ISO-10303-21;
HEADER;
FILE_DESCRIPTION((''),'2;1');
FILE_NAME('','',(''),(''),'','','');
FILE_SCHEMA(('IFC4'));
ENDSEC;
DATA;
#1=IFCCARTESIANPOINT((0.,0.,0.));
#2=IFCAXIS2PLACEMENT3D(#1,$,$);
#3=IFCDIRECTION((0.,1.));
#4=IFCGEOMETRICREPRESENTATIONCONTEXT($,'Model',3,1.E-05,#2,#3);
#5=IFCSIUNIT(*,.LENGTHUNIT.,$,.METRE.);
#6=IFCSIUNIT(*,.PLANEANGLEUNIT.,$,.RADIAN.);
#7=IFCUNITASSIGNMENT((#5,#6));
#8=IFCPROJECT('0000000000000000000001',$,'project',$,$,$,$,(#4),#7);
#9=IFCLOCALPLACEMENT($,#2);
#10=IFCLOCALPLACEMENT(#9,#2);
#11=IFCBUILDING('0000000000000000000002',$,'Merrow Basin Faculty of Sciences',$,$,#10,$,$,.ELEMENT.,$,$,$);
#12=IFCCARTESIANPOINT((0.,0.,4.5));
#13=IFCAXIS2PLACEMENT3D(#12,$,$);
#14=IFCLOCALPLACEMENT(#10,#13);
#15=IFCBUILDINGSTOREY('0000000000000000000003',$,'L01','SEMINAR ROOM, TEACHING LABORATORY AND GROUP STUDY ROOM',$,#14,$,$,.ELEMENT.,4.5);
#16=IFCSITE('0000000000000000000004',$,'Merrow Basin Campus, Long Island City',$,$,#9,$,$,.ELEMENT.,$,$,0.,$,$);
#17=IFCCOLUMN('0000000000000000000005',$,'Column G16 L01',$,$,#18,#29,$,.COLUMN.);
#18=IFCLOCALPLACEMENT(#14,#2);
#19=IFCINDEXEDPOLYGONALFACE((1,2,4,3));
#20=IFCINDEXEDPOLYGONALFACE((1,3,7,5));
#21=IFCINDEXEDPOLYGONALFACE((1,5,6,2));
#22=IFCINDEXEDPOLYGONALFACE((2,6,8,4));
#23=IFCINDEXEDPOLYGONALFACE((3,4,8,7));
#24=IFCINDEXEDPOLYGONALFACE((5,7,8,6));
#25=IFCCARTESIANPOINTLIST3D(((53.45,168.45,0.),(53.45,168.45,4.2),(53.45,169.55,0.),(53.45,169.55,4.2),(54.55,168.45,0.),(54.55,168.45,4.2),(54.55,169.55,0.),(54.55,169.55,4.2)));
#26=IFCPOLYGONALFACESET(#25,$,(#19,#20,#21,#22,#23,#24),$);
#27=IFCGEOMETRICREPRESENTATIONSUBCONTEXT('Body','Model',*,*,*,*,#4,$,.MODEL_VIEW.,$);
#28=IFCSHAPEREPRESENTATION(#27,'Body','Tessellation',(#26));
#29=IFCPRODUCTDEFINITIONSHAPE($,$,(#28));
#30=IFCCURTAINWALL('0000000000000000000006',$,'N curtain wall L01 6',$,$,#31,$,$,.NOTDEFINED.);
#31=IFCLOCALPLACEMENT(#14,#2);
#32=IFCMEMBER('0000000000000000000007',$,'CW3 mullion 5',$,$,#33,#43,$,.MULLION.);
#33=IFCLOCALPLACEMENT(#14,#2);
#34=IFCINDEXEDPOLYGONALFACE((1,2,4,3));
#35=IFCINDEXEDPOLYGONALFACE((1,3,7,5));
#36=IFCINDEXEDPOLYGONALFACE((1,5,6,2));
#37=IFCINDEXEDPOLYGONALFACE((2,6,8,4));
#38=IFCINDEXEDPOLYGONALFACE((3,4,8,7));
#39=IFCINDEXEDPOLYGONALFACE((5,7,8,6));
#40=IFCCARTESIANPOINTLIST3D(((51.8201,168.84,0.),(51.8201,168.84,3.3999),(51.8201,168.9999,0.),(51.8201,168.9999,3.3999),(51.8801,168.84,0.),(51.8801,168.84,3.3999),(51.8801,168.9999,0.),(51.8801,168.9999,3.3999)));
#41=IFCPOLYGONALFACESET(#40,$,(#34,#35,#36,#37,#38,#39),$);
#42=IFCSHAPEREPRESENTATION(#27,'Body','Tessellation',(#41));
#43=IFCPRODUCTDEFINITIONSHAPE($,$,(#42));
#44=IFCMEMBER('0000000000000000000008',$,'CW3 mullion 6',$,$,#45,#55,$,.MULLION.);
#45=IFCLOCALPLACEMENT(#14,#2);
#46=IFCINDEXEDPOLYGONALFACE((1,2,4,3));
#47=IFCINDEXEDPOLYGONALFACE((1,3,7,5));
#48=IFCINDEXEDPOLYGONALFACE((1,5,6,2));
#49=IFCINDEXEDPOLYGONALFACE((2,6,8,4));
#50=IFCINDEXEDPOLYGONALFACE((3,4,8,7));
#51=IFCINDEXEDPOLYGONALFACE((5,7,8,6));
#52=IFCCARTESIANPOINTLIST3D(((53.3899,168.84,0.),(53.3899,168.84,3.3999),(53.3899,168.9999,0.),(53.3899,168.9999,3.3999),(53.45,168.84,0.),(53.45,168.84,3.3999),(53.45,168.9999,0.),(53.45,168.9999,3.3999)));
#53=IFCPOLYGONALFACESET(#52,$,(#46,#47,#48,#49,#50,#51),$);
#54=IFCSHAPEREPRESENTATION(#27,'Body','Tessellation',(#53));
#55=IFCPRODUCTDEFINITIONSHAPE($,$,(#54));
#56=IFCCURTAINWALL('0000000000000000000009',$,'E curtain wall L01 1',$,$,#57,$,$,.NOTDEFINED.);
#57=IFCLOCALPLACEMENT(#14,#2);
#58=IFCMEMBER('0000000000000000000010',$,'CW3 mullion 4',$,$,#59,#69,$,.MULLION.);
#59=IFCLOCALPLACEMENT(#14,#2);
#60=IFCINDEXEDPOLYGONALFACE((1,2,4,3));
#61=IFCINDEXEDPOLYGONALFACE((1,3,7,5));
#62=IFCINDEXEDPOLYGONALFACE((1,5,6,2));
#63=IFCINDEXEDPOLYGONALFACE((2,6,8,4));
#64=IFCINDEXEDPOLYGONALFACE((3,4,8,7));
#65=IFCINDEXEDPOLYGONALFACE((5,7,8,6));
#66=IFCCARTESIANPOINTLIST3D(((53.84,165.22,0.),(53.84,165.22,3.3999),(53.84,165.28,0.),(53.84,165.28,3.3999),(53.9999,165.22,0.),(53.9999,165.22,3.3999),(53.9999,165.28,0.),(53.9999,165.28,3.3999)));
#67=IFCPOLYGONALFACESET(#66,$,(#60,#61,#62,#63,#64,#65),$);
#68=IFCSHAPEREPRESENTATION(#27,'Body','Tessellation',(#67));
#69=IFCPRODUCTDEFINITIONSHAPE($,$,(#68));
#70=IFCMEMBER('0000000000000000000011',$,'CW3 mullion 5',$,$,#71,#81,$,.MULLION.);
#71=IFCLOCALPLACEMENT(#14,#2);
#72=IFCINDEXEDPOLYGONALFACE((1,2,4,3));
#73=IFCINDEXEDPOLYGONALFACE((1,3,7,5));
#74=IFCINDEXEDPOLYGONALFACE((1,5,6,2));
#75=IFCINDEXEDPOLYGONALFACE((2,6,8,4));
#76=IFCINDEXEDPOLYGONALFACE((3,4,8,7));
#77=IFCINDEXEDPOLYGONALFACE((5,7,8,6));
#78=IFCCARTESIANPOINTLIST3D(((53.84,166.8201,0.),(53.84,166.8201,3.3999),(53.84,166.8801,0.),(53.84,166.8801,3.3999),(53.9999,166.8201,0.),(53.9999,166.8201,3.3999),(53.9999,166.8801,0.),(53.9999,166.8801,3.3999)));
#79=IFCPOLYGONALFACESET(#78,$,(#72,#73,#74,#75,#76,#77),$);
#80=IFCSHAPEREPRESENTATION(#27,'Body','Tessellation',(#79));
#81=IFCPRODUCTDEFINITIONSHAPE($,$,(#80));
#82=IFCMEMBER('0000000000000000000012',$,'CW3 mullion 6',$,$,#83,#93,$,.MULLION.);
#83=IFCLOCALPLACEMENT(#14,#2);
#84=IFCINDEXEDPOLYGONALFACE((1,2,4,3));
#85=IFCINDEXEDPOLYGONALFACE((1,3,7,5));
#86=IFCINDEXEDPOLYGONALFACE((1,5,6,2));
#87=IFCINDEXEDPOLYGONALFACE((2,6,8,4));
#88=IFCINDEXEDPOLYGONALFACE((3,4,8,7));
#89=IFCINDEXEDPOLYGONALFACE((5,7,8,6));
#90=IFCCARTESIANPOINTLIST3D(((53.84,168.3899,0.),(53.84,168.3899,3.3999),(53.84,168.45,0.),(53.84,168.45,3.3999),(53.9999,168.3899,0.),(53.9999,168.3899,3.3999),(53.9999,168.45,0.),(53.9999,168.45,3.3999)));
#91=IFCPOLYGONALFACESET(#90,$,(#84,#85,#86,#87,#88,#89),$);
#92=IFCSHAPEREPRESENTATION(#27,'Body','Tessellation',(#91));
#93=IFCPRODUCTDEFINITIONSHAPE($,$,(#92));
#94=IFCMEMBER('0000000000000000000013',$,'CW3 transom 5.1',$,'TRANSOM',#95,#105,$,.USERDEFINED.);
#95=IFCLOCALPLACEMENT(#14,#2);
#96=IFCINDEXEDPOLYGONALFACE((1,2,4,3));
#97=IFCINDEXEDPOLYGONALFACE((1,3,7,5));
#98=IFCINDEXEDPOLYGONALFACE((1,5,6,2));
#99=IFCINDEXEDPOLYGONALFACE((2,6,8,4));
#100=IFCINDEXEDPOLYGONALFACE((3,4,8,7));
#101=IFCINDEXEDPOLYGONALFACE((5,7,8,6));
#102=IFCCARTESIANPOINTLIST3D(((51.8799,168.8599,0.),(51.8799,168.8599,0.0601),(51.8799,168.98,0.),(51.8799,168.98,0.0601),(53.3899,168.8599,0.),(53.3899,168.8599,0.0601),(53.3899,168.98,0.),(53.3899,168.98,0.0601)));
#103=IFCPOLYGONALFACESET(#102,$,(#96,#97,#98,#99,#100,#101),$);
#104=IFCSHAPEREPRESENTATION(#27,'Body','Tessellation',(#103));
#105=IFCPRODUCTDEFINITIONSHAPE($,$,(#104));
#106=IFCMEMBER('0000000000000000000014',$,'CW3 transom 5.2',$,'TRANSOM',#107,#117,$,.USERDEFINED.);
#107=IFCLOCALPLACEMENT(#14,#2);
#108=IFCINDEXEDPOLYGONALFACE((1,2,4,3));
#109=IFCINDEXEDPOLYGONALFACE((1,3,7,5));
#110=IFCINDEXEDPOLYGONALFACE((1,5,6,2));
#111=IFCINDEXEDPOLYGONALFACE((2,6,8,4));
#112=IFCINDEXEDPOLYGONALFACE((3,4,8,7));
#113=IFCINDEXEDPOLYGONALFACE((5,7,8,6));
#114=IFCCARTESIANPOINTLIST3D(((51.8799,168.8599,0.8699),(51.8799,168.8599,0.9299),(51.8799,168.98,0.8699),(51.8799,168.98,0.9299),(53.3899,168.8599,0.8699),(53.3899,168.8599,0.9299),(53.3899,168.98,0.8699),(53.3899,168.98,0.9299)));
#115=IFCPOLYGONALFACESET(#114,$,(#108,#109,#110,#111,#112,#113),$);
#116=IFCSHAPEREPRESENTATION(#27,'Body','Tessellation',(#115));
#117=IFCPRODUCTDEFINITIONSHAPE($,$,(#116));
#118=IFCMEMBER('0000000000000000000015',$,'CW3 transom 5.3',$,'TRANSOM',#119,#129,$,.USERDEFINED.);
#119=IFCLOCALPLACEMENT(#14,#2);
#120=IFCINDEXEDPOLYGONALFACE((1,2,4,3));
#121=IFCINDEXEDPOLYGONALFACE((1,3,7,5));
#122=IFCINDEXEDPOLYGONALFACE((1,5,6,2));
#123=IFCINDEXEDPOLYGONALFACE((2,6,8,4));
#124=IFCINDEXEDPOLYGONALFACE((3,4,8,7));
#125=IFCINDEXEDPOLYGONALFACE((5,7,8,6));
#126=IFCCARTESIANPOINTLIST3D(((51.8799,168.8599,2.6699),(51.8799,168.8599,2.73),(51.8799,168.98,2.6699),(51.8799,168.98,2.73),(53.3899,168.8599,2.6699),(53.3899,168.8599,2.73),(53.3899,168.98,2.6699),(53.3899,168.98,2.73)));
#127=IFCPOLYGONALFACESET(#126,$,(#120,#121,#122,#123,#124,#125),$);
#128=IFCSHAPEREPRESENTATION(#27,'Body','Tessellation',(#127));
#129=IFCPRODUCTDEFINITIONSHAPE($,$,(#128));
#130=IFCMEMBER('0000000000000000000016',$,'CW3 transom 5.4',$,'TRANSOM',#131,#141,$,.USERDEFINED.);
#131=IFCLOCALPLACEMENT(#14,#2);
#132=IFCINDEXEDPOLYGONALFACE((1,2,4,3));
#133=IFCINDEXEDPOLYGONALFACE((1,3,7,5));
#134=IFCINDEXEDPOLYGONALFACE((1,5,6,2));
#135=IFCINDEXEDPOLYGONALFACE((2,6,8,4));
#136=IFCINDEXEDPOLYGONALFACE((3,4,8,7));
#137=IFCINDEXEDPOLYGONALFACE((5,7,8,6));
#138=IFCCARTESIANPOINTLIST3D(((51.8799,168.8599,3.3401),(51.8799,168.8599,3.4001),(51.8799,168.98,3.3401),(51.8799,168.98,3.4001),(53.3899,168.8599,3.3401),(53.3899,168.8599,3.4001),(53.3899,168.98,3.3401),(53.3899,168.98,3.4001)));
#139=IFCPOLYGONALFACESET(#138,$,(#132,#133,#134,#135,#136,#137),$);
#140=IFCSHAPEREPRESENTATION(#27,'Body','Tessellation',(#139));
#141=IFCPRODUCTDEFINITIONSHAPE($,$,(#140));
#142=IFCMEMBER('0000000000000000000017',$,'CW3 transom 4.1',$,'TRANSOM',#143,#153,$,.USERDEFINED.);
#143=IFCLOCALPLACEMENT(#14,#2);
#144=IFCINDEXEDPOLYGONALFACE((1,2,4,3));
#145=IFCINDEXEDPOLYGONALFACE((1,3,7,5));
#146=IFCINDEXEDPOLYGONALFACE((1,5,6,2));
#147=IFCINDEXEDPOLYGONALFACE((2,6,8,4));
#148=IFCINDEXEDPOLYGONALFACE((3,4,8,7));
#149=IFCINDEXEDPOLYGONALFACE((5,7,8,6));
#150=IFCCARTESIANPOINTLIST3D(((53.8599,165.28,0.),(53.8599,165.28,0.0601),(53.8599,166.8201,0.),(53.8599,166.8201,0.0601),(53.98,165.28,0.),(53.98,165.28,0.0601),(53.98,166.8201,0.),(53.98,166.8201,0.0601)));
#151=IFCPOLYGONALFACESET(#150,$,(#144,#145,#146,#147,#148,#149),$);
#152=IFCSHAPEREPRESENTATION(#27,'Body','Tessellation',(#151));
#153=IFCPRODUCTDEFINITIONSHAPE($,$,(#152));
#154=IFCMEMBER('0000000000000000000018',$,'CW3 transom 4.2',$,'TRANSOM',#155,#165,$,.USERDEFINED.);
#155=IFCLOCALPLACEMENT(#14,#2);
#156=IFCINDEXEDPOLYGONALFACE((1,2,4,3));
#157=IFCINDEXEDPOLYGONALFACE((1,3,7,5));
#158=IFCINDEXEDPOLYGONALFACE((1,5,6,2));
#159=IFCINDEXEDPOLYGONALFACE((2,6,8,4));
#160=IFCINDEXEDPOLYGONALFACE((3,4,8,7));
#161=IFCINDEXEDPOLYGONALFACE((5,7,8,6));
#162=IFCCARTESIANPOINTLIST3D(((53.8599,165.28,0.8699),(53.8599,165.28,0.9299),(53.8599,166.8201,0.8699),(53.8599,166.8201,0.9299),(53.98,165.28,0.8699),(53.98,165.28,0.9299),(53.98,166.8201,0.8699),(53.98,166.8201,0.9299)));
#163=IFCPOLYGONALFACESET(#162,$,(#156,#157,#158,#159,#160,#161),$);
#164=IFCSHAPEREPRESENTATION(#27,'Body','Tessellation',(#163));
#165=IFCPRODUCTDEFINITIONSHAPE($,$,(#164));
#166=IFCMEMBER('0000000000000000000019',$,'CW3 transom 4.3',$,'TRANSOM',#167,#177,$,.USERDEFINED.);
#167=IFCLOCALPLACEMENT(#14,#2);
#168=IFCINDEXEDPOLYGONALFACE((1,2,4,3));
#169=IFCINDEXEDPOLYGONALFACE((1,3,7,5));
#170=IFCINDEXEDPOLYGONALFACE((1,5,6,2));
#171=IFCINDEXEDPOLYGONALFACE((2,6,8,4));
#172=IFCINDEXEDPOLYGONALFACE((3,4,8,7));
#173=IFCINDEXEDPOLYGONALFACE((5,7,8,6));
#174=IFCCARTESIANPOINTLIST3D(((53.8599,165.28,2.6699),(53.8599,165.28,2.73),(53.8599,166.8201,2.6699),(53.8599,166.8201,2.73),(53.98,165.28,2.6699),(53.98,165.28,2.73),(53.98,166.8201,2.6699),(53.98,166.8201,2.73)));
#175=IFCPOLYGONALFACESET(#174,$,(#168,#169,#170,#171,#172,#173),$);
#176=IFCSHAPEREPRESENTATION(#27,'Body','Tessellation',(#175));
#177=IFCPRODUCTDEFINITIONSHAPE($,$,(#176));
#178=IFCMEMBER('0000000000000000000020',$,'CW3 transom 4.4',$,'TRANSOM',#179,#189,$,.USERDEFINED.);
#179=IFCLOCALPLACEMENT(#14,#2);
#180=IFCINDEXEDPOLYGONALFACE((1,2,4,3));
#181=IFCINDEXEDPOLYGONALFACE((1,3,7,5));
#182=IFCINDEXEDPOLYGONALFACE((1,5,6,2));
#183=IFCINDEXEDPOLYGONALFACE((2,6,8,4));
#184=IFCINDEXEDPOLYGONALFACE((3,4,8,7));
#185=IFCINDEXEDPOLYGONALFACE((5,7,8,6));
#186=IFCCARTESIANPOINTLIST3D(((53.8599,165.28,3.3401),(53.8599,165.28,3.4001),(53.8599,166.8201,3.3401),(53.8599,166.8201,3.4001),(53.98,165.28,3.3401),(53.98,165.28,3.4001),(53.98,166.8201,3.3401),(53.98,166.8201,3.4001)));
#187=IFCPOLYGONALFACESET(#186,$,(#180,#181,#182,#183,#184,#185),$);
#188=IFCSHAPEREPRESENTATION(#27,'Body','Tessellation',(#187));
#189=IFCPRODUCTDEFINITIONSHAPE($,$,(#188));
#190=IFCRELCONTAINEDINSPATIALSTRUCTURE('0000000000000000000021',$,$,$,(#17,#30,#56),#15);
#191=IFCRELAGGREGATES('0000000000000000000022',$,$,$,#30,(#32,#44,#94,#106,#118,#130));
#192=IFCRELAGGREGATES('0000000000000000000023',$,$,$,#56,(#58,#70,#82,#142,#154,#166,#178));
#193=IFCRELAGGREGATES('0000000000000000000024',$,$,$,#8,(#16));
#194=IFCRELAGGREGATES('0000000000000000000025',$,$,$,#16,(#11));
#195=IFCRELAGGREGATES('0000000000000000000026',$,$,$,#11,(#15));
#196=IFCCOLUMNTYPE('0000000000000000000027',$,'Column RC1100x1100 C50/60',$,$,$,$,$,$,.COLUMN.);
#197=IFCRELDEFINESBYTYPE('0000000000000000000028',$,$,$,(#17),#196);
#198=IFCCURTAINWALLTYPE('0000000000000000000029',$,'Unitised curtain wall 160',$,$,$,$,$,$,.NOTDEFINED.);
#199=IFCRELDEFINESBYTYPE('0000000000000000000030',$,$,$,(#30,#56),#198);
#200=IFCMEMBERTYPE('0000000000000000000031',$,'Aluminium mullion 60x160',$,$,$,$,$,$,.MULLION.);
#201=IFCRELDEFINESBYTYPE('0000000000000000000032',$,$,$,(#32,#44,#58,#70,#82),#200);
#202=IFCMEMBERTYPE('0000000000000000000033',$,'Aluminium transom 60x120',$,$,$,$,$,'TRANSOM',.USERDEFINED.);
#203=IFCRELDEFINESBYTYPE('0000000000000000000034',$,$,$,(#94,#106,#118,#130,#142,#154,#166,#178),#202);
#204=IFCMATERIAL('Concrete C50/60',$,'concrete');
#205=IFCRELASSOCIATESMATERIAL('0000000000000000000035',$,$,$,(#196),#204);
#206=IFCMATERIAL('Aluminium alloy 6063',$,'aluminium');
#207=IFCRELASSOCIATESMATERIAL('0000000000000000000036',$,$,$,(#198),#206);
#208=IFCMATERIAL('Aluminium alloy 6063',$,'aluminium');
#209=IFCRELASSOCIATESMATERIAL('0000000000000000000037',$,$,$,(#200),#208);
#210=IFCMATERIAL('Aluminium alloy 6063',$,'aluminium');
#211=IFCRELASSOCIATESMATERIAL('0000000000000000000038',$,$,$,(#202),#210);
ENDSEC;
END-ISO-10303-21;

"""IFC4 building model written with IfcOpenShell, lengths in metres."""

from ifc_helpers import new_model, si_unit, direction, frame, origin, origin_2d, place, context, subcontext, project, spatial, rectangle, extrude, material, material_profile, profile_set, type_object, element, aggregate, save


model = new_model("IFC4")

# Units and contexts
model_context = context("Model", 3, precision=1e-05, world=origin(), true_north=direction((0.0, 1.0)))
body_context = subcontext(model_context, "Body", "Model", "MODEL_VIEW")
ifc_project = project(units=[si_unit("LENGTHUNIT", "METRE"), si_unit("PLANEANGLEUNIT", "RADIAN")], contexts=[model_context])

# Site, building, storey
site_placement = place(None, origin())
site = spatial("IfcSite", under=ifc_project, at=site_placement, Name="Merrow Basin Campus, Long Island City", CompositionType="ELEMENT", RefElevation=0.0)
building_placement = place(site_placement, origin())
building = spatial("IfcBuilding", under=site, at=building_placement, Name="Merrow Basin Faculty of Sciences", CompositionType="ELEMENT")
storey_placement = place(building_placement, frame((0.0, 0.0, 4.5)))
storey = spatial("IfcBuildingStorey", under=building, at=storey_placement, Name="L01", Description="SEMINAR ROOM, TEACHING LABORATORY AND GROUP STUDY ROOM", CompositionType="ELEMENT", Elevation=4.5)

# Column
ifc_material_1 = material(Name="Concrete C50/60", Category="concrete")
ifc_material_profile_1 = material_profile(ifc_material_1, rectangle(XDim=1.1001, YDim=1.1001, at=origin_2d()))
ifc_profile_set_1 = profile_set([ifc_material_profile_1], Name="Concrete C50/60")
column_type = type_object("IfcColumnType", Name="Column RC1100x1100 C50/60", PredefinedType="COLUMN", material=ifc_profile_set_1)
column_placement = place(storey_placement, frame((54.0, 169.0, 0.0), z_axis=(0.0, 0.0, 1.0), x_axis=(1.0, 0.0, 0.0)))
element("IfcColumn", 1, at=column_placement, inside=storey, type_object=column_type, Name="Column G16 L01", PredefinedType="COLUMN", context=body_context, shape_type="SweptSolid", body=[
    extrude(rectangle(XDim=1.1001, YDim=1.1001, at=origin_2d()), origin(), (0.0, 0.0, 1.0), 4.2),
])

# Curtain walls, members
ifc_material_2 = material(Name="Aluminium alloy 6063", Category="aluminium")
curtain_wall_type = type_object("IfcCurtainWallType", Name="Unitised curtain wall 160", PredefinedType="NOTDEFINED", material=ifc_material_2)
curtain_wall_1_placement = place(storey_placement, origin())
curtain_wall_1 = element("IfcCurtainWall", 2, at=curtain_wall_1_placement, inside=storey, type_object=curtain_wall_type, Name="N curtain wall L01 6", PredefinedType="NOTDEFINED")
ifc_material_3 = material(Name="Aluminium alloy 6063", Category="aluminium")
ifc_material_profile_2 = material_profile(ifc_material_3, rectangle(XDim=0.1599, YDim=0.0601, at=origin_2d()))
ifc_profile_set_2 = profile_set([ifc_material_profile_2], Name="Aluminium alloy 6063")
member_type_1 = type_object("IfcMemberType", Name="Aluminium mullion 60x160", PredefinedType="MULLION", material=ifc_profile_set_2)
member_1_placement = place(storey_placement, frame((51.8501, 168.9199, 0.0), z_axis=(0.0, 0.0, 1.0), x_axis=(0.0, 1.0, 0.0)))
member_1 = element("IfcMember", 3, at=member_1_placement, type_object=member_type_1, Name="CW3 mullion 5", PredefinedType="MULLION", context=body_context, shape_type="SweptSolid", body=[
    extrude(rectangle(XDim=0.1599, YDim=0.0601, at=origin_2d()), origin(), (0.0, 0.0, 1.0), 3.3999),
])
member_2_placement = place(storey_placement, frame((53.4199, 168.9199, 0.0), z_axis=(0.0, 0.0, 1.0), x_axis=(0.0, 1.0, 0.0)))
member_2 = element("IfcMember", 4, at=member_2_placement, type_object=member_type_1, Name="CW3 mullion 6", PredefinedType="MULLION", context=body_context, shape_type="SweptSolid", body=[
    extrude(rectangle(XDim=0.1599, YDim=0.0601, at=origin_2d()), origin(), (0.0, 0.0, 1.0), 3.3999),
])
curtain_wall_2_placement = place(storey_placement, origin())
curtain_wall_2 = element("IfcCurtainWall", 5, at=curtain_wall_2_placement, inside=storey, type_object=curtain_wall_type, Name="E curtain wall L01 1", PredefinedType="NOTDEFINED")
member_3_placement = place(storey_placement, frame((53.9199, 165.25, 0.0), z_axis=(0.0, 0.0, 1.0), x_axis=(-1.0, 0.0, 0.0)))
member_3 = element("IfcMember", 6, at=member_3_placement, type_object=member_type_1, Name="CW3 mullion 4", PredefinedType="MULLION", context=body_context, shape_type="SweptSolid", body=[
    extrude(rectangle(XDim=0.1599, YDim=0.0601, at=origin_2d()), origin(), (0.0, 0.0, 1.0), 3.3999),
])
member_4_placement = place(storey_placement, frame((53.9199, 166.8501, 0.0), z_axis=(0.0, 0.0, 1.0), x_axis=(-1.0, 0.0, 0.0)))
member_4 = element("IfcMember", 7, at=member_4_placement, type_object=member_type_1, Name="CW3 mullion 5", PredefinedType="MULLION", context=body_context, shape_type="SweptSolid", body=[
    extrude(rectangle(XDim=0.1599, YDim=0.0601, at=origin_2d()), origin(), (0.0, 0.0, 1.0), 3.3999),
])
member_5_placement = place(storey_placement, frame((53.9199, 168.4199, 0.0), z_axis=(0.0, 0.0, 1.0), x_axis=(-1.0, 0.0, 0.0)))
member_5 = element("IfcMember", 8, at=member_5_placement, type_object=member_type_1, Name="CW3 mullion 6", PredefinedType="MULLION", context=body_context, shape_type="SweptSolid", body=[
    extrude(rectangle(XDim=0.1599, YDim=0.0601, at=origin_2d()), origin(), (0.0, 0.0, 1.0), 3.3999),
])

# Members
ifc_material_4 = material(Name="Aluminium alloy 6063", Category="aluminium")
ifc_material_profile_3 = material_profile(ifc_material_4, rectangle(XDim=0.1201, YDim=0.0601, at=origin_2d()))
ifc_profile_set_3 = profile_set([ifc_material_profile_3], Name="Aluminium alloy 6063")
member_type_2 = type_object("IfcMemberType", Name="Aluminium transom 60x120", ElementType="TRANSOM", PredefinedType="USERDEFINED", material=ifc_profile_set_3)
member_6_placement = place(storey_placement, frame((51.8799, 168.9199, 0.03), z_axis=(1.0, 0.0, 0.0), x_axis=(0.0, 1.0, 0.0)))
member_6 = element("IfcMember", 9, at=member_6_placement, type_object=member_type_2, Name="CW3 transom 5.1", ObjectType="TRANSOM", PredefinedType="USERDEFINED", context=body_context, shape_type="SweptSolid", body=[
    extrude(rectangle(XDim=0.1201, YDim=0.0601, at=origin_2d()), origin(), (0.0, 0.0, 1.0), 1.51),
])
member_7_placement = place(storey_placement, frame((51.8799, 168.9199, 0.8999), z_axis=(1.0, 0.0, 0.0), x_axis=(0.0, 1.0, 0.0)))
member_7 = element("IfcMember", 10, at=member_7_placement, type_object=member_type_2, Name="CW3 transom 5.2", ObjectType="TRANSOM", PredefinedType="USERDEFINED", context=body_context, shape_type="SweptSolid", body=[
    extrude(rectangle(XDim=0.1201, YDim=0.0601, at=origin_2d()), origin(), (0.0, 0.0, 1.0), 1.51),
])
member_8_placement = place(storey_placement, frame((51.8799, 168.9199, 2.7), z_axis=(1.0, 0.0, 0.0), x_axis=(0.0, 1.0, 0.0)))
member_8 = element("IfcMember", 11, at=member_8_placement, type_object=member_type_2, Name="CW3 transom 5.3", ObjectType="TRANSOM", PredefinedType="USERDEFINED", context=body_context, shape_type="SweptSolid", body=[
    extrude(rectangle(XDim=0.1201, YDim=0.0601, at=origin_2d()), origin(), (0.0, 0.0, 1.0), 1.51),
])
member_9_placement = place(storey_placement, frame((51.8799, 168.9199, 3.3701), z_axis=(1.0, 0.0, 0.0), x_axis=(0.0, 1.0, 0.0)))
member_9 = element("IfcMember", 12, at=member_9_placement, type_object=member_type_2, Name="CW3 transom 5.4", ObjectType="TRANSOM", PredefinedType="USERDEFINED", context=body_context, shape_type="SweptSolid", body=[
    extrude(rectangle(XDim=0.1201, YDim=0.0601, at=origin_2d()), origin(), (0.0, 0.0, 1.0), 1.51),
])
member_10_placement = place(storey_placement, frame((53.9199, 165.28, 0.03), z_axis=(0.0, 1.0, 0.0), x_axis=(-1.0, 0.0, 0.0)))
member_10 = element("IfcMember", 13, at=member_10_placement, type_object=member_type_2, Name="CW3 transom 4.1", ObjectType="TRANSOM", PredefinedType="USERDEFINED", context=body_context, shape_type="SweptSolid", body=[
    extrude(rectangle(XDim=0.1201, YDim=0.0601, at=origin_2d()), origin(), (0.0, 0.0, 1.0), 1.54),
])
member_11_placement = place(storey_placement, frame((53.9199, 165.28, 0.8999), z_axis=(0.0, 1.0, 0.0), x_axis=(-1.0, 0.0, 0.0)))
member_11 = element("IfcMember", 14, at=member_11_placement, type_object=member_type_2, Name="CW3 transom 4.2", ObjectType="TRANSOM", PredefinedType="USERDEFINED", context=body_context, shape_type="SweptSolid", body=[
    extrude(rectangle(XDim=0.1201, YDim=0.0601, at=origin_2d()), origin(), (0.0, 0.0, 1.0), 1.54),
])
member_12_placement = place(storey_placement, frame((53.9199, 165.28, 2.7), z_axis=(0.0, 1.0, 0.0), x_axis=(-1.0, 0.0, 0.0)))
member_12 = element("IfcMember", 15, at=member_12_placement, type_object=member_type_2, Name="CW3 transom 4.3", ObjectType="TRANSOM", PredefinedType="USERDEFINED", context=body_context, shape_type="SweptSolid", body=[
    extrude(rectangle(XDim=0.1201, YDim=0.0601, at=origin_2d()), origin(), (0.0, 0.0, 1.0), 1.54),
])
member_13_placement = place(storey_placement, frame((53.9199, 165.28, 3.3701), z_axis=(0.0, 1.0, 0.0), x_axis=(-1.0, 0.0, 0.0)))
member_13 = element("IfcMember", 16, at=member_13_placement, type_object=member_type_2, Name="CW3 transom 4.4", ObjectType="TRANSOM", PredefinedType="USERDEFINED", context=body_context, shape_type="SweptSolid", body=[
    extrude(rectangle(XDim=0.1201, YDim=0.0601, at=origin_2d()), origin(), (0.0, 0.0, 1.0), 1.54),
])

aggregate(curtain_wall_1, [member_1, member_2, member_6, member_7, member_8, member_9])
aggregate(curtain_wall_2, [member_3, member_4, member_5, member_10, member_11, member_12, member_13])

save(model, "model.ifc")
